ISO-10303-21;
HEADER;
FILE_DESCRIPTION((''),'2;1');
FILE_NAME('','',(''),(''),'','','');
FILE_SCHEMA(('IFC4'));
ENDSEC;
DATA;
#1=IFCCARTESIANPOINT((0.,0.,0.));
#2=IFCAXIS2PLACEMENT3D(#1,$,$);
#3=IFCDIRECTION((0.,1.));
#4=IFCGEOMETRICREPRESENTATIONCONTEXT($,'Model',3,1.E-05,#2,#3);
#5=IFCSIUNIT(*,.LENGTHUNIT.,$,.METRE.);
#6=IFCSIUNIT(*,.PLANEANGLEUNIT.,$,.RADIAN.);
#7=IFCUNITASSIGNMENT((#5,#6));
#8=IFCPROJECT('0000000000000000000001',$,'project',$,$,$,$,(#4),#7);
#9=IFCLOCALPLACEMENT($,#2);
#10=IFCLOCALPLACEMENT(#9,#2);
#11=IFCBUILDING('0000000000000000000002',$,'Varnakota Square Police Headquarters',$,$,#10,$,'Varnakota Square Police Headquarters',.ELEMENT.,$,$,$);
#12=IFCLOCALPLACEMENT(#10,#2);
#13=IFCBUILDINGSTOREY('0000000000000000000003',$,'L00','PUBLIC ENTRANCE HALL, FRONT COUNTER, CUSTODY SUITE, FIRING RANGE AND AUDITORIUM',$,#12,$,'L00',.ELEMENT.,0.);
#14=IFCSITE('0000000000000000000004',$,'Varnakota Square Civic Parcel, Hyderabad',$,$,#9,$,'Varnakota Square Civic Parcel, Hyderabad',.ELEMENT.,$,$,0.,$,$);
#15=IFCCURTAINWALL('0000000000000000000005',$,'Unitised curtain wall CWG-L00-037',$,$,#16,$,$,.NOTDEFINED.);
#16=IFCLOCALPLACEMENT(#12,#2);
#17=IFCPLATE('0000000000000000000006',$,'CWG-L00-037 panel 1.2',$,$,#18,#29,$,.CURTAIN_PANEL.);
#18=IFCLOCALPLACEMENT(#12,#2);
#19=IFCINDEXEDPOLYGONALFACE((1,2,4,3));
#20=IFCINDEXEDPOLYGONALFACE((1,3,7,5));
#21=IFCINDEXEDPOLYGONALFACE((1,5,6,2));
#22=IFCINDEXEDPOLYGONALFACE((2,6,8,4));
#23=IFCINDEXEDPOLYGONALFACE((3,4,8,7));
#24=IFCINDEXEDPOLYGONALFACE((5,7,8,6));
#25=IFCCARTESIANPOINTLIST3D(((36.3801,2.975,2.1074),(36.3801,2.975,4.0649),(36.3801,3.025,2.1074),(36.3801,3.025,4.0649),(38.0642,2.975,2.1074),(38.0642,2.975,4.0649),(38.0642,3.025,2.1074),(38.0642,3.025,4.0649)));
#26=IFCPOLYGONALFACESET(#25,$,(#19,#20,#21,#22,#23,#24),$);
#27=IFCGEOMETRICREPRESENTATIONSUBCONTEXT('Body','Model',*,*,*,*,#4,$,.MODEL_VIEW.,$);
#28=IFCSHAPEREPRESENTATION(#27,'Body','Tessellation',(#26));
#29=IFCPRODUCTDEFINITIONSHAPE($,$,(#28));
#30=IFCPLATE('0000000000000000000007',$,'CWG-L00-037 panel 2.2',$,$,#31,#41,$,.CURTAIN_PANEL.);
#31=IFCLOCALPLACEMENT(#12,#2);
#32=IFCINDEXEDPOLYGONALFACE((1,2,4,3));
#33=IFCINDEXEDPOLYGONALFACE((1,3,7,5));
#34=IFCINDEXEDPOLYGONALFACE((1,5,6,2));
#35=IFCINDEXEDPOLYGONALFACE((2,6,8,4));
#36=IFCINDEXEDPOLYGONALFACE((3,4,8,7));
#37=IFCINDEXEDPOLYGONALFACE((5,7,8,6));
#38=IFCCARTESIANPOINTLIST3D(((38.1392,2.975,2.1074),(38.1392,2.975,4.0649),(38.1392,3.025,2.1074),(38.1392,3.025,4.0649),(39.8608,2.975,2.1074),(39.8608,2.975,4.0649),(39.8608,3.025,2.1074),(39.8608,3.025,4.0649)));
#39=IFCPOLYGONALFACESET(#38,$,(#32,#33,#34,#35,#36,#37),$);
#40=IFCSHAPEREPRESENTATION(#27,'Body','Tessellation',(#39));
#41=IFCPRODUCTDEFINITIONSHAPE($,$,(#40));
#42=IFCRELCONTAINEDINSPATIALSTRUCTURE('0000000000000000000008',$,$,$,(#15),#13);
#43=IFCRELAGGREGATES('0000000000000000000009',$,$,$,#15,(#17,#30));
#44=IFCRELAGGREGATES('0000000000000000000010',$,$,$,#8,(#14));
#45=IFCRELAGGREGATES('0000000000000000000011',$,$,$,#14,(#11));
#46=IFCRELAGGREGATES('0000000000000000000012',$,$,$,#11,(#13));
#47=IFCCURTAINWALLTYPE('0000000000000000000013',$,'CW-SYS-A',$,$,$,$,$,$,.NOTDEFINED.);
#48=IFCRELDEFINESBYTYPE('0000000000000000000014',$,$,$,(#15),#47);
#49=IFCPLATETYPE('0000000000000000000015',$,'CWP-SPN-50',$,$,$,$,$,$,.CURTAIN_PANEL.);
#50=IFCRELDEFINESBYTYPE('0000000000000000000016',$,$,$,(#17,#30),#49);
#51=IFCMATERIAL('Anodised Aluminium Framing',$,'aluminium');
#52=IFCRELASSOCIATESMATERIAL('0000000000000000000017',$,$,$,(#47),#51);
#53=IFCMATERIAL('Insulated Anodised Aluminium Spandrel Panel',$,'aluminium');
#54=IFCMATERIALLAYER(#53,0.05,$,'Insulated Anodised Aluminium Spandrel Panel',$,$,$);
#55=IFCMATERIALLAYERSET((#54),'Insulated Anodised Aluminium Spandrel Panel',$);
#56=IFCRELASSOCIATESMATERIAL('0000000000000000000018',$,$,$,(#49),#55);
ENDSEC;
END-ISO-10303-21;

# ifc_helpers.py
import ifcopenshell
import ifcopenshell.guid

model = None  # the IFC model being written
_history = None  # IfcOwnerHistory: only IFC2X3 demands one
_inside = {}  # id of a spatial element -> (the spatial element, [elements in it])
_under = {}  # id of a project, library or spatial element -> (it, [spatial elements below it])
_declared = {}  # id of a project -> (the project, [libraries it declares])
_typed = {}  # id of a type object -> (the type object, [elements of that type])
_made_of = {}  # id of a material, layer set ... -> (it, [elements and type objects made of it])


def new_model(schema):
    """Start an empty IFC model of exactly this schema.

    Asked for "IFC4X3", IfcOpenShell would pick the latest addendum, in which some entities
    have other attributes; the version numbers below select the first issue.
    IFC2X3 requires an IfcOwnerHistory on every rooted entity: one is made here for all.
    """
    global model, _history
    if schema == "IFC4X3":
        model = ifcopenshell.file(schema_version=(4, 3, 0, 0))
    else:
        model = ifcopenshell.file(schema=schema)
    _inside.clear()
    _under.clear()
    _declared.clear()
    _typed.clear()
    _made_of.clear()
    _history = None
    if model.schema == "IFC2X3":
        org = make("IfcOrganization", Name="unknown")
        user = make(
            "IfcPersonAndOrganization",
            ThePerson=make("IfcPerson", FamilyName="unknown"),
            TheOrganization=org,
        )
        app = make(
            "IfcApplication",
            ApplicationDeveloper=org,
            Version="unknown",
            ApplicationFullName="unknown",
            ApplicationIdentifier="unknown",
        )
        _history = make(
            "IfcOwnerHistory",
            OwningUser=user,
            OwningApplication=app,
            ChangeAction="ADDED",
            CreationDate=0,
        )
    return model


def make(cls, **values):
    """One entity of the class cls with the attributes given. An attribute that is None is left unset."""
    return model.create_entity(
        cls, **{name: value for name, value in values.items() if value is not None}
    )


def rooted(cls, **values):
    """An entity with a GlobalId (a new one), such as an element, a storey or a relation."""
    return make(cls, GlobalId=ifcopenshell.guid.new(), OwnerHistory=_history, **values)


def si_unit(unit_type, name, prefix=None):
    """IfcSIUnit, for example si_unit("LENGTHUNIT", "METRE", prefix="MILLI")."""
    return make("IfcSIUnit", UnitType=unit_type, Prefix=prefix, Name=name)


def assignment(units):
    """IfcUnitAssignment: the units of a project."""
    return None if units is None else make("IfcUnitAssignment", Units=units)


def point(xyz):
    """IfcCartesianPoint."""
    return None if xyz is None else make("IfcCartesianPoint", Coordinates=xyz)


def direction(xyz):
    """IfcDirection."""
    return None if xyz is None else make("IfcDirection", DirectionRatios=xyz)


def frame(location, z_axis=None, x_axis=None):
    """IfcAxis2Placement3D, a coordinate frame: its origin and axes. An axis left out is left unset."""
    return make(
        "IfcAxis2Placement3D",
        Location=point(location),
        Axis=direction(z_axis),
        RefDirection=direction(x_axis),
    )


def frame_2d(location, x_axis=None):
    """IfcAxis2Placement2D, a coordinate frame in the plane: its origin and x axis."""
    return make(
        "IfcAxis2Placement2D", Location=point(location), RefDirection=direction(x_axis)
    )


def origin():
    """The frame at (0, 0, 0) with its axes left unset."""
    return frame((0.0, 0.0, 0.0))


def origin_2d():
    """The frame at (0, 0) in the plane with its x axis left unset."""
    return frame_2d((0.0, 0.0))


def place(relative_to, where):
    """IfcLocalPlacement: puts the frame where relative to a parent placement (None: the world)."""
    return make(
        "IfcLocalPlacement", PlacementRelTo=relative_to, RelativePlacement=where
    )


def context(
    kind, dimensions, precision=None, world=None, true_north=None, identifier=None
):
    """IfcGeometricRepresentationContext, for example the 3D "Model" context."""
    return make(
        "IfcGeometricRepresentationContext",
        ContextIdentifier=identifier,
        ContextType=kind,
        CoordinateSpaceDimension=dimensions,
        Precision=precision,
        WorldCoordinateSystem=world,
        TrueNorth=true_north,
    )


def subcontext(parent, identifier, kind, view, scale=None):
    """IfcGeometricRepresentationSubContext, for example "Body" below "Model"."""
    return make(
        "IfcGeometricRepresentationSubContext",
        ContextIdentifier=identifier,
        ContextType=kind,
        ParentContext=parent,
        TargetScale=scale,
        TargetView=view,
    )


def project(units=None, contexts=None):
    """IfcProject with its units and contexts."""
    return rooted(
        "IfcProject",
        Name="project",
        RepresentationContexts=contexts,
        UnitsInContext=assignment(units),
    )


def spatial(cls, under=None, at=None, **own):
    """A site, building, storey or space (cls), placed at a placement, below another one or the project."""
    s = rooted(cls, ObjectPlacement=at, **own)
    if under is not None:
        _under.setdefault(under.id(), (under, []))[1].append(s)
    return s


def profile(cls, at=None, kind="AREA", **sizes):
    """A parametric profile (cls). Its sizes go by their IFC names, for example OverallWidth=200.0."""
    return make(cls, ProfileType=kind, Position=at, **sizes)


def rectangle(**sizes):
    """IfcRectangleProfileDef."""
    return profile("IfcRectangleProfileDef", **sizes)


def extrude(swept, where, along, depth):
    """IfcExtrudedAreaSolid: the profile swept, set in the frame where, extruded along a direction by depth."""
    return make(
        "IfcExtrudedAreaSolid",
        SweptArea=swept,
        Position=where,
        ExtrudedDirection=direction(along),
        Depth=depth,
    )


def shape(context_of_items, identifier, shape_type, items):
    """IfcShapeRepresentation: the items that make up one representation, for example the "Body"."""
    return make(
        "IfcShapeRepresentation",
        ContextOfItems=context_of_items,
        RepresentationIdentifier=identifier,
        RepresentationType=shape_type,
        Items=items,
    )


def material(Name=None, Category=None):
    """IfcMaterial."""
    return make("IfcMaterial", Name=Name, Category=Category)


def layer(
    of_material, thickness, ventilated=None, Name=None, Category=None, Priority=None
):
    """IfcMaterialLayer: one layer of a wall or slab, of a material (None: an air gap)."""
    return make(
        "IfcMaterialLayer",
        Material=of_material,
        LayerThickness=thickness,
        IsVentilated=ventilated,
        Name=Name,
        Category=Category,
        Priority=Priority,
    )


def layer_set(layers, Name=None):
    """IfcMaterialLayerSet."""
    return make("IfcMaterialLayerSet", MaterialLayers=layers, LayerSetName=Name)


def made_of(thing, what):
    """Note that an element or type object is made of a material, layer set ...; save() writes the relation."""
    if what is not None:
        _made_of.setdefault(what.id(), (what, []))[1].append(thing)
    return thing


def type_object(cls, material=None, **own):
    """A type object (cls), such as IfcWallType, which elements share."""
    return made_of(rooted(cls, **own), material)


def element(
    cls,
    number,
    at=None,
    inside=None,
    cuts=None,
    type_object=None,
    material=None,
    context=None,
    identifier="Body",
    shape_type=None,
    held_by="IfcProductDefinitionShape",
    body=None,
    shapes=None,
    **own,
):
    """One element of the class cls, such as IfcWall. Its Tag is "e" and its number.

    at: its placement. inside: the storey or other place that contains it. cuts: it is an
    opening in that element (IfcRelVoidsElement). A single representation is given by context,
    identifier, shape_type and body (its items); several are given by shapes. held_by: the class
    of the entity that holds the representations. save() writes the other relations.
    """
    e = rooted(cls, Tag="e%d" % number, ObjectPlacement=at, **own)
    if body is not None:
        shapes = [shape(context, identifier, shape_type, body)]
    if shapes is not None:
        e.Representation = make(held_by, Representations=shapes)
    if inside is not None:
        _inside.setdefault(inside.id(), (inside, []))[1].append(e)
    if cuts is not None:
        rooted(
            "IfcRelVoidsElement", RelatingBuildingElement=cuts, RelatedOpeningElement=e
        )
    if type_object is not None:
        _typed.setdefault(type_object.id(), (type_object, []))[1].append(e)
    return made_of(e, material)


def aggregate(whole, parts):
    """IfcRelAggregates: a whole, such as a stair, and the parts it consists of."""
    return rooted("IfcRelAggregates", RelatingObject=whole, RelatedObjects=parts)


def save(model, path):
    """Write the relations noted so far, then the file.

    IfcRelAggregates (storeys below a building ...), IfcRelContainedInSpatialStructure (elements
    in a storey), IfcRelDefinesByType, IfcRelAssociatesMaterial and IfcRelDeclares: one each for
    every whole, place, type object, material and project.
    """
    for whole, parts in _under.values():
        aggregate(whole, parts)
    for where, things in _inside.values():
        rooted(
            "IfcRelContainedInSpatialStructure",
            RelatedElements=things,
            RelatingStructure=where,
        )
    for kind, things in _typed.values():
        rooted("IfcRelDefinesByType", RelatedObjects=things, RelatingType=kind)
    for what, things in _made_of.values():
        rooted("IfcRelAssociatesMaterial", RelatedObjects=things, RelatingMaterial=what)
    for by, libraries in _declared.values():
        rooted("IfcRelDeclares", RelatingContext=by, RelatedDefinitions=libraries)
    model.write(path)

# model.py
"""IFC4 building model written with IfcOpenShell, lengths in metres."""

from ifc_helpers import new_model, si_unit, direction, frame, origin, origin_2d, place, context, subcontext, project, spatial, rectangle, extrude, material, layer, layer_set, type_object, element, aggregate, save


model = new_model("IFC4")

# Units and contexts
model_context = context("Model", 3, precision=1e-05, world=origin(), true_north=direction((0.0, 1.0)))
body_context = subcontext(model_context, "Body", "Model", "MODEL_VIEW")
ifc_project = project(units=[si_unit("LENGTHUNIT", "METRE"), si_unit("PLANEANGLEUNIT", "RADIAN")], contexts=[model_context])

# Site, building, storey
site_placement = place(None, origin())
site = spatial("IfcSite", under=ifc_project, at=site_placement, Name="Varnakota Square Civic Parcel, Hyderabad", LongName="Varnakota Square Civic Parcel, Hyderabad", CompositionType="ELEMENT", RefElevation=0.0)
building_placement = place(site_placement, origin())
building = spatial("IfcBuilding", under=site, at=building_placement, Name="Varnakota Square Police Headquarters", LongName="Varnakota Square Police Headquarters", CompositionType="ELEMENT")
storey_placement = place(building_placement, origin())
storey = spatial("IfcBuildingStorey", under=building, at=storey_placement, Name="L00", Description="PUBLIC ENTRANCE HALL, FRONT COUNTER, CUSTODY SUITE, FIRING RANGE AND AUDITORIUM", LongName="L00", CompositionType="ELEMENT", Elevation=0.0)

# Curtain wall, plates
ifc_material_1 = material(Name="Anodised Aluminium Framing", Category="aluminium")
curtain_wall_type = type_object("IfcCurtainWallType", Name="CW-SYS-A", PredefinedType="NOTDEFINED", material=ifc_material_1)
curtain_wall_placement = place(storey_placement, origin())
curtain_wall = element("IfcCurtainWall", 1, at=curtain_wall_placement, inside=storey, type_object=curtain_wall_type, Name="Unitised curtain wall CWG-L00-037", PredefinedType="NOTDEFINED")
ifc_material_2 = material(Name="Insulated Anodised Aluminium Spandrel Panel", Category="aluminium")
ifc_layer_1 = layer(ifc_material_2, 0.05, Name="Insulated Anodised Aluminium Spandrel Panel")
ifc_layer_set_1 = layer_set([ifc_layer_1], Name="Insulated Anodised Aluminium Spandrel Panel")
plate_type_1 = type_object("IfcPlateType", Name="CWP-SPN-50", PredefinedType="CURTAIN_PANEL", material=ifc_layer_set_1)
plate_1_placement = place(storey_placement, frame((37.2222, 3.0, 2.1074), z_axis=(0.0, 0.0, 1.0), x_axis=(1.0, 0.0, 0.0)))
plate_1 = element("IfcPlate", 2, at=plate_1_placement, type_object=plate_type_1, Name="CWG-L00-037 panel 1.2", PredefinedType="CURTAIN_PANEL", context=body_context, shape_type="SweptSolid", body=[
    extrude(rectangle(XDim=1.6841, YDim=0.05, at=origin_2d()), origin(), (0.0, 0.0, 1.0), 1.9575),
])
plate_2_placement = place(storey_placement, frame((39.0, 3.0, 2.1074), z_axis=(0.0, 0.0, 1.0), x_axis=(1.0, 0.0, 0.0)))
plate_2 = element("IfcPlate", 3, at=plate_2_placement, type_object=plate_type_1, Name="CWG-L00-037 panel 2.2", PredefinedType="CURTAIN_PANEL", context=body_context, shape_type="SweptSolid", body=[
    extrude(rectangle(XDim=1.7217, YDim=0.05, at=origin_2d()), origin(), (0.0, 0.0, 1.0), 1.9575),
])
aggregate(curtain_wall, [plate_1, plate_2])

save(model, "model.ifc")
